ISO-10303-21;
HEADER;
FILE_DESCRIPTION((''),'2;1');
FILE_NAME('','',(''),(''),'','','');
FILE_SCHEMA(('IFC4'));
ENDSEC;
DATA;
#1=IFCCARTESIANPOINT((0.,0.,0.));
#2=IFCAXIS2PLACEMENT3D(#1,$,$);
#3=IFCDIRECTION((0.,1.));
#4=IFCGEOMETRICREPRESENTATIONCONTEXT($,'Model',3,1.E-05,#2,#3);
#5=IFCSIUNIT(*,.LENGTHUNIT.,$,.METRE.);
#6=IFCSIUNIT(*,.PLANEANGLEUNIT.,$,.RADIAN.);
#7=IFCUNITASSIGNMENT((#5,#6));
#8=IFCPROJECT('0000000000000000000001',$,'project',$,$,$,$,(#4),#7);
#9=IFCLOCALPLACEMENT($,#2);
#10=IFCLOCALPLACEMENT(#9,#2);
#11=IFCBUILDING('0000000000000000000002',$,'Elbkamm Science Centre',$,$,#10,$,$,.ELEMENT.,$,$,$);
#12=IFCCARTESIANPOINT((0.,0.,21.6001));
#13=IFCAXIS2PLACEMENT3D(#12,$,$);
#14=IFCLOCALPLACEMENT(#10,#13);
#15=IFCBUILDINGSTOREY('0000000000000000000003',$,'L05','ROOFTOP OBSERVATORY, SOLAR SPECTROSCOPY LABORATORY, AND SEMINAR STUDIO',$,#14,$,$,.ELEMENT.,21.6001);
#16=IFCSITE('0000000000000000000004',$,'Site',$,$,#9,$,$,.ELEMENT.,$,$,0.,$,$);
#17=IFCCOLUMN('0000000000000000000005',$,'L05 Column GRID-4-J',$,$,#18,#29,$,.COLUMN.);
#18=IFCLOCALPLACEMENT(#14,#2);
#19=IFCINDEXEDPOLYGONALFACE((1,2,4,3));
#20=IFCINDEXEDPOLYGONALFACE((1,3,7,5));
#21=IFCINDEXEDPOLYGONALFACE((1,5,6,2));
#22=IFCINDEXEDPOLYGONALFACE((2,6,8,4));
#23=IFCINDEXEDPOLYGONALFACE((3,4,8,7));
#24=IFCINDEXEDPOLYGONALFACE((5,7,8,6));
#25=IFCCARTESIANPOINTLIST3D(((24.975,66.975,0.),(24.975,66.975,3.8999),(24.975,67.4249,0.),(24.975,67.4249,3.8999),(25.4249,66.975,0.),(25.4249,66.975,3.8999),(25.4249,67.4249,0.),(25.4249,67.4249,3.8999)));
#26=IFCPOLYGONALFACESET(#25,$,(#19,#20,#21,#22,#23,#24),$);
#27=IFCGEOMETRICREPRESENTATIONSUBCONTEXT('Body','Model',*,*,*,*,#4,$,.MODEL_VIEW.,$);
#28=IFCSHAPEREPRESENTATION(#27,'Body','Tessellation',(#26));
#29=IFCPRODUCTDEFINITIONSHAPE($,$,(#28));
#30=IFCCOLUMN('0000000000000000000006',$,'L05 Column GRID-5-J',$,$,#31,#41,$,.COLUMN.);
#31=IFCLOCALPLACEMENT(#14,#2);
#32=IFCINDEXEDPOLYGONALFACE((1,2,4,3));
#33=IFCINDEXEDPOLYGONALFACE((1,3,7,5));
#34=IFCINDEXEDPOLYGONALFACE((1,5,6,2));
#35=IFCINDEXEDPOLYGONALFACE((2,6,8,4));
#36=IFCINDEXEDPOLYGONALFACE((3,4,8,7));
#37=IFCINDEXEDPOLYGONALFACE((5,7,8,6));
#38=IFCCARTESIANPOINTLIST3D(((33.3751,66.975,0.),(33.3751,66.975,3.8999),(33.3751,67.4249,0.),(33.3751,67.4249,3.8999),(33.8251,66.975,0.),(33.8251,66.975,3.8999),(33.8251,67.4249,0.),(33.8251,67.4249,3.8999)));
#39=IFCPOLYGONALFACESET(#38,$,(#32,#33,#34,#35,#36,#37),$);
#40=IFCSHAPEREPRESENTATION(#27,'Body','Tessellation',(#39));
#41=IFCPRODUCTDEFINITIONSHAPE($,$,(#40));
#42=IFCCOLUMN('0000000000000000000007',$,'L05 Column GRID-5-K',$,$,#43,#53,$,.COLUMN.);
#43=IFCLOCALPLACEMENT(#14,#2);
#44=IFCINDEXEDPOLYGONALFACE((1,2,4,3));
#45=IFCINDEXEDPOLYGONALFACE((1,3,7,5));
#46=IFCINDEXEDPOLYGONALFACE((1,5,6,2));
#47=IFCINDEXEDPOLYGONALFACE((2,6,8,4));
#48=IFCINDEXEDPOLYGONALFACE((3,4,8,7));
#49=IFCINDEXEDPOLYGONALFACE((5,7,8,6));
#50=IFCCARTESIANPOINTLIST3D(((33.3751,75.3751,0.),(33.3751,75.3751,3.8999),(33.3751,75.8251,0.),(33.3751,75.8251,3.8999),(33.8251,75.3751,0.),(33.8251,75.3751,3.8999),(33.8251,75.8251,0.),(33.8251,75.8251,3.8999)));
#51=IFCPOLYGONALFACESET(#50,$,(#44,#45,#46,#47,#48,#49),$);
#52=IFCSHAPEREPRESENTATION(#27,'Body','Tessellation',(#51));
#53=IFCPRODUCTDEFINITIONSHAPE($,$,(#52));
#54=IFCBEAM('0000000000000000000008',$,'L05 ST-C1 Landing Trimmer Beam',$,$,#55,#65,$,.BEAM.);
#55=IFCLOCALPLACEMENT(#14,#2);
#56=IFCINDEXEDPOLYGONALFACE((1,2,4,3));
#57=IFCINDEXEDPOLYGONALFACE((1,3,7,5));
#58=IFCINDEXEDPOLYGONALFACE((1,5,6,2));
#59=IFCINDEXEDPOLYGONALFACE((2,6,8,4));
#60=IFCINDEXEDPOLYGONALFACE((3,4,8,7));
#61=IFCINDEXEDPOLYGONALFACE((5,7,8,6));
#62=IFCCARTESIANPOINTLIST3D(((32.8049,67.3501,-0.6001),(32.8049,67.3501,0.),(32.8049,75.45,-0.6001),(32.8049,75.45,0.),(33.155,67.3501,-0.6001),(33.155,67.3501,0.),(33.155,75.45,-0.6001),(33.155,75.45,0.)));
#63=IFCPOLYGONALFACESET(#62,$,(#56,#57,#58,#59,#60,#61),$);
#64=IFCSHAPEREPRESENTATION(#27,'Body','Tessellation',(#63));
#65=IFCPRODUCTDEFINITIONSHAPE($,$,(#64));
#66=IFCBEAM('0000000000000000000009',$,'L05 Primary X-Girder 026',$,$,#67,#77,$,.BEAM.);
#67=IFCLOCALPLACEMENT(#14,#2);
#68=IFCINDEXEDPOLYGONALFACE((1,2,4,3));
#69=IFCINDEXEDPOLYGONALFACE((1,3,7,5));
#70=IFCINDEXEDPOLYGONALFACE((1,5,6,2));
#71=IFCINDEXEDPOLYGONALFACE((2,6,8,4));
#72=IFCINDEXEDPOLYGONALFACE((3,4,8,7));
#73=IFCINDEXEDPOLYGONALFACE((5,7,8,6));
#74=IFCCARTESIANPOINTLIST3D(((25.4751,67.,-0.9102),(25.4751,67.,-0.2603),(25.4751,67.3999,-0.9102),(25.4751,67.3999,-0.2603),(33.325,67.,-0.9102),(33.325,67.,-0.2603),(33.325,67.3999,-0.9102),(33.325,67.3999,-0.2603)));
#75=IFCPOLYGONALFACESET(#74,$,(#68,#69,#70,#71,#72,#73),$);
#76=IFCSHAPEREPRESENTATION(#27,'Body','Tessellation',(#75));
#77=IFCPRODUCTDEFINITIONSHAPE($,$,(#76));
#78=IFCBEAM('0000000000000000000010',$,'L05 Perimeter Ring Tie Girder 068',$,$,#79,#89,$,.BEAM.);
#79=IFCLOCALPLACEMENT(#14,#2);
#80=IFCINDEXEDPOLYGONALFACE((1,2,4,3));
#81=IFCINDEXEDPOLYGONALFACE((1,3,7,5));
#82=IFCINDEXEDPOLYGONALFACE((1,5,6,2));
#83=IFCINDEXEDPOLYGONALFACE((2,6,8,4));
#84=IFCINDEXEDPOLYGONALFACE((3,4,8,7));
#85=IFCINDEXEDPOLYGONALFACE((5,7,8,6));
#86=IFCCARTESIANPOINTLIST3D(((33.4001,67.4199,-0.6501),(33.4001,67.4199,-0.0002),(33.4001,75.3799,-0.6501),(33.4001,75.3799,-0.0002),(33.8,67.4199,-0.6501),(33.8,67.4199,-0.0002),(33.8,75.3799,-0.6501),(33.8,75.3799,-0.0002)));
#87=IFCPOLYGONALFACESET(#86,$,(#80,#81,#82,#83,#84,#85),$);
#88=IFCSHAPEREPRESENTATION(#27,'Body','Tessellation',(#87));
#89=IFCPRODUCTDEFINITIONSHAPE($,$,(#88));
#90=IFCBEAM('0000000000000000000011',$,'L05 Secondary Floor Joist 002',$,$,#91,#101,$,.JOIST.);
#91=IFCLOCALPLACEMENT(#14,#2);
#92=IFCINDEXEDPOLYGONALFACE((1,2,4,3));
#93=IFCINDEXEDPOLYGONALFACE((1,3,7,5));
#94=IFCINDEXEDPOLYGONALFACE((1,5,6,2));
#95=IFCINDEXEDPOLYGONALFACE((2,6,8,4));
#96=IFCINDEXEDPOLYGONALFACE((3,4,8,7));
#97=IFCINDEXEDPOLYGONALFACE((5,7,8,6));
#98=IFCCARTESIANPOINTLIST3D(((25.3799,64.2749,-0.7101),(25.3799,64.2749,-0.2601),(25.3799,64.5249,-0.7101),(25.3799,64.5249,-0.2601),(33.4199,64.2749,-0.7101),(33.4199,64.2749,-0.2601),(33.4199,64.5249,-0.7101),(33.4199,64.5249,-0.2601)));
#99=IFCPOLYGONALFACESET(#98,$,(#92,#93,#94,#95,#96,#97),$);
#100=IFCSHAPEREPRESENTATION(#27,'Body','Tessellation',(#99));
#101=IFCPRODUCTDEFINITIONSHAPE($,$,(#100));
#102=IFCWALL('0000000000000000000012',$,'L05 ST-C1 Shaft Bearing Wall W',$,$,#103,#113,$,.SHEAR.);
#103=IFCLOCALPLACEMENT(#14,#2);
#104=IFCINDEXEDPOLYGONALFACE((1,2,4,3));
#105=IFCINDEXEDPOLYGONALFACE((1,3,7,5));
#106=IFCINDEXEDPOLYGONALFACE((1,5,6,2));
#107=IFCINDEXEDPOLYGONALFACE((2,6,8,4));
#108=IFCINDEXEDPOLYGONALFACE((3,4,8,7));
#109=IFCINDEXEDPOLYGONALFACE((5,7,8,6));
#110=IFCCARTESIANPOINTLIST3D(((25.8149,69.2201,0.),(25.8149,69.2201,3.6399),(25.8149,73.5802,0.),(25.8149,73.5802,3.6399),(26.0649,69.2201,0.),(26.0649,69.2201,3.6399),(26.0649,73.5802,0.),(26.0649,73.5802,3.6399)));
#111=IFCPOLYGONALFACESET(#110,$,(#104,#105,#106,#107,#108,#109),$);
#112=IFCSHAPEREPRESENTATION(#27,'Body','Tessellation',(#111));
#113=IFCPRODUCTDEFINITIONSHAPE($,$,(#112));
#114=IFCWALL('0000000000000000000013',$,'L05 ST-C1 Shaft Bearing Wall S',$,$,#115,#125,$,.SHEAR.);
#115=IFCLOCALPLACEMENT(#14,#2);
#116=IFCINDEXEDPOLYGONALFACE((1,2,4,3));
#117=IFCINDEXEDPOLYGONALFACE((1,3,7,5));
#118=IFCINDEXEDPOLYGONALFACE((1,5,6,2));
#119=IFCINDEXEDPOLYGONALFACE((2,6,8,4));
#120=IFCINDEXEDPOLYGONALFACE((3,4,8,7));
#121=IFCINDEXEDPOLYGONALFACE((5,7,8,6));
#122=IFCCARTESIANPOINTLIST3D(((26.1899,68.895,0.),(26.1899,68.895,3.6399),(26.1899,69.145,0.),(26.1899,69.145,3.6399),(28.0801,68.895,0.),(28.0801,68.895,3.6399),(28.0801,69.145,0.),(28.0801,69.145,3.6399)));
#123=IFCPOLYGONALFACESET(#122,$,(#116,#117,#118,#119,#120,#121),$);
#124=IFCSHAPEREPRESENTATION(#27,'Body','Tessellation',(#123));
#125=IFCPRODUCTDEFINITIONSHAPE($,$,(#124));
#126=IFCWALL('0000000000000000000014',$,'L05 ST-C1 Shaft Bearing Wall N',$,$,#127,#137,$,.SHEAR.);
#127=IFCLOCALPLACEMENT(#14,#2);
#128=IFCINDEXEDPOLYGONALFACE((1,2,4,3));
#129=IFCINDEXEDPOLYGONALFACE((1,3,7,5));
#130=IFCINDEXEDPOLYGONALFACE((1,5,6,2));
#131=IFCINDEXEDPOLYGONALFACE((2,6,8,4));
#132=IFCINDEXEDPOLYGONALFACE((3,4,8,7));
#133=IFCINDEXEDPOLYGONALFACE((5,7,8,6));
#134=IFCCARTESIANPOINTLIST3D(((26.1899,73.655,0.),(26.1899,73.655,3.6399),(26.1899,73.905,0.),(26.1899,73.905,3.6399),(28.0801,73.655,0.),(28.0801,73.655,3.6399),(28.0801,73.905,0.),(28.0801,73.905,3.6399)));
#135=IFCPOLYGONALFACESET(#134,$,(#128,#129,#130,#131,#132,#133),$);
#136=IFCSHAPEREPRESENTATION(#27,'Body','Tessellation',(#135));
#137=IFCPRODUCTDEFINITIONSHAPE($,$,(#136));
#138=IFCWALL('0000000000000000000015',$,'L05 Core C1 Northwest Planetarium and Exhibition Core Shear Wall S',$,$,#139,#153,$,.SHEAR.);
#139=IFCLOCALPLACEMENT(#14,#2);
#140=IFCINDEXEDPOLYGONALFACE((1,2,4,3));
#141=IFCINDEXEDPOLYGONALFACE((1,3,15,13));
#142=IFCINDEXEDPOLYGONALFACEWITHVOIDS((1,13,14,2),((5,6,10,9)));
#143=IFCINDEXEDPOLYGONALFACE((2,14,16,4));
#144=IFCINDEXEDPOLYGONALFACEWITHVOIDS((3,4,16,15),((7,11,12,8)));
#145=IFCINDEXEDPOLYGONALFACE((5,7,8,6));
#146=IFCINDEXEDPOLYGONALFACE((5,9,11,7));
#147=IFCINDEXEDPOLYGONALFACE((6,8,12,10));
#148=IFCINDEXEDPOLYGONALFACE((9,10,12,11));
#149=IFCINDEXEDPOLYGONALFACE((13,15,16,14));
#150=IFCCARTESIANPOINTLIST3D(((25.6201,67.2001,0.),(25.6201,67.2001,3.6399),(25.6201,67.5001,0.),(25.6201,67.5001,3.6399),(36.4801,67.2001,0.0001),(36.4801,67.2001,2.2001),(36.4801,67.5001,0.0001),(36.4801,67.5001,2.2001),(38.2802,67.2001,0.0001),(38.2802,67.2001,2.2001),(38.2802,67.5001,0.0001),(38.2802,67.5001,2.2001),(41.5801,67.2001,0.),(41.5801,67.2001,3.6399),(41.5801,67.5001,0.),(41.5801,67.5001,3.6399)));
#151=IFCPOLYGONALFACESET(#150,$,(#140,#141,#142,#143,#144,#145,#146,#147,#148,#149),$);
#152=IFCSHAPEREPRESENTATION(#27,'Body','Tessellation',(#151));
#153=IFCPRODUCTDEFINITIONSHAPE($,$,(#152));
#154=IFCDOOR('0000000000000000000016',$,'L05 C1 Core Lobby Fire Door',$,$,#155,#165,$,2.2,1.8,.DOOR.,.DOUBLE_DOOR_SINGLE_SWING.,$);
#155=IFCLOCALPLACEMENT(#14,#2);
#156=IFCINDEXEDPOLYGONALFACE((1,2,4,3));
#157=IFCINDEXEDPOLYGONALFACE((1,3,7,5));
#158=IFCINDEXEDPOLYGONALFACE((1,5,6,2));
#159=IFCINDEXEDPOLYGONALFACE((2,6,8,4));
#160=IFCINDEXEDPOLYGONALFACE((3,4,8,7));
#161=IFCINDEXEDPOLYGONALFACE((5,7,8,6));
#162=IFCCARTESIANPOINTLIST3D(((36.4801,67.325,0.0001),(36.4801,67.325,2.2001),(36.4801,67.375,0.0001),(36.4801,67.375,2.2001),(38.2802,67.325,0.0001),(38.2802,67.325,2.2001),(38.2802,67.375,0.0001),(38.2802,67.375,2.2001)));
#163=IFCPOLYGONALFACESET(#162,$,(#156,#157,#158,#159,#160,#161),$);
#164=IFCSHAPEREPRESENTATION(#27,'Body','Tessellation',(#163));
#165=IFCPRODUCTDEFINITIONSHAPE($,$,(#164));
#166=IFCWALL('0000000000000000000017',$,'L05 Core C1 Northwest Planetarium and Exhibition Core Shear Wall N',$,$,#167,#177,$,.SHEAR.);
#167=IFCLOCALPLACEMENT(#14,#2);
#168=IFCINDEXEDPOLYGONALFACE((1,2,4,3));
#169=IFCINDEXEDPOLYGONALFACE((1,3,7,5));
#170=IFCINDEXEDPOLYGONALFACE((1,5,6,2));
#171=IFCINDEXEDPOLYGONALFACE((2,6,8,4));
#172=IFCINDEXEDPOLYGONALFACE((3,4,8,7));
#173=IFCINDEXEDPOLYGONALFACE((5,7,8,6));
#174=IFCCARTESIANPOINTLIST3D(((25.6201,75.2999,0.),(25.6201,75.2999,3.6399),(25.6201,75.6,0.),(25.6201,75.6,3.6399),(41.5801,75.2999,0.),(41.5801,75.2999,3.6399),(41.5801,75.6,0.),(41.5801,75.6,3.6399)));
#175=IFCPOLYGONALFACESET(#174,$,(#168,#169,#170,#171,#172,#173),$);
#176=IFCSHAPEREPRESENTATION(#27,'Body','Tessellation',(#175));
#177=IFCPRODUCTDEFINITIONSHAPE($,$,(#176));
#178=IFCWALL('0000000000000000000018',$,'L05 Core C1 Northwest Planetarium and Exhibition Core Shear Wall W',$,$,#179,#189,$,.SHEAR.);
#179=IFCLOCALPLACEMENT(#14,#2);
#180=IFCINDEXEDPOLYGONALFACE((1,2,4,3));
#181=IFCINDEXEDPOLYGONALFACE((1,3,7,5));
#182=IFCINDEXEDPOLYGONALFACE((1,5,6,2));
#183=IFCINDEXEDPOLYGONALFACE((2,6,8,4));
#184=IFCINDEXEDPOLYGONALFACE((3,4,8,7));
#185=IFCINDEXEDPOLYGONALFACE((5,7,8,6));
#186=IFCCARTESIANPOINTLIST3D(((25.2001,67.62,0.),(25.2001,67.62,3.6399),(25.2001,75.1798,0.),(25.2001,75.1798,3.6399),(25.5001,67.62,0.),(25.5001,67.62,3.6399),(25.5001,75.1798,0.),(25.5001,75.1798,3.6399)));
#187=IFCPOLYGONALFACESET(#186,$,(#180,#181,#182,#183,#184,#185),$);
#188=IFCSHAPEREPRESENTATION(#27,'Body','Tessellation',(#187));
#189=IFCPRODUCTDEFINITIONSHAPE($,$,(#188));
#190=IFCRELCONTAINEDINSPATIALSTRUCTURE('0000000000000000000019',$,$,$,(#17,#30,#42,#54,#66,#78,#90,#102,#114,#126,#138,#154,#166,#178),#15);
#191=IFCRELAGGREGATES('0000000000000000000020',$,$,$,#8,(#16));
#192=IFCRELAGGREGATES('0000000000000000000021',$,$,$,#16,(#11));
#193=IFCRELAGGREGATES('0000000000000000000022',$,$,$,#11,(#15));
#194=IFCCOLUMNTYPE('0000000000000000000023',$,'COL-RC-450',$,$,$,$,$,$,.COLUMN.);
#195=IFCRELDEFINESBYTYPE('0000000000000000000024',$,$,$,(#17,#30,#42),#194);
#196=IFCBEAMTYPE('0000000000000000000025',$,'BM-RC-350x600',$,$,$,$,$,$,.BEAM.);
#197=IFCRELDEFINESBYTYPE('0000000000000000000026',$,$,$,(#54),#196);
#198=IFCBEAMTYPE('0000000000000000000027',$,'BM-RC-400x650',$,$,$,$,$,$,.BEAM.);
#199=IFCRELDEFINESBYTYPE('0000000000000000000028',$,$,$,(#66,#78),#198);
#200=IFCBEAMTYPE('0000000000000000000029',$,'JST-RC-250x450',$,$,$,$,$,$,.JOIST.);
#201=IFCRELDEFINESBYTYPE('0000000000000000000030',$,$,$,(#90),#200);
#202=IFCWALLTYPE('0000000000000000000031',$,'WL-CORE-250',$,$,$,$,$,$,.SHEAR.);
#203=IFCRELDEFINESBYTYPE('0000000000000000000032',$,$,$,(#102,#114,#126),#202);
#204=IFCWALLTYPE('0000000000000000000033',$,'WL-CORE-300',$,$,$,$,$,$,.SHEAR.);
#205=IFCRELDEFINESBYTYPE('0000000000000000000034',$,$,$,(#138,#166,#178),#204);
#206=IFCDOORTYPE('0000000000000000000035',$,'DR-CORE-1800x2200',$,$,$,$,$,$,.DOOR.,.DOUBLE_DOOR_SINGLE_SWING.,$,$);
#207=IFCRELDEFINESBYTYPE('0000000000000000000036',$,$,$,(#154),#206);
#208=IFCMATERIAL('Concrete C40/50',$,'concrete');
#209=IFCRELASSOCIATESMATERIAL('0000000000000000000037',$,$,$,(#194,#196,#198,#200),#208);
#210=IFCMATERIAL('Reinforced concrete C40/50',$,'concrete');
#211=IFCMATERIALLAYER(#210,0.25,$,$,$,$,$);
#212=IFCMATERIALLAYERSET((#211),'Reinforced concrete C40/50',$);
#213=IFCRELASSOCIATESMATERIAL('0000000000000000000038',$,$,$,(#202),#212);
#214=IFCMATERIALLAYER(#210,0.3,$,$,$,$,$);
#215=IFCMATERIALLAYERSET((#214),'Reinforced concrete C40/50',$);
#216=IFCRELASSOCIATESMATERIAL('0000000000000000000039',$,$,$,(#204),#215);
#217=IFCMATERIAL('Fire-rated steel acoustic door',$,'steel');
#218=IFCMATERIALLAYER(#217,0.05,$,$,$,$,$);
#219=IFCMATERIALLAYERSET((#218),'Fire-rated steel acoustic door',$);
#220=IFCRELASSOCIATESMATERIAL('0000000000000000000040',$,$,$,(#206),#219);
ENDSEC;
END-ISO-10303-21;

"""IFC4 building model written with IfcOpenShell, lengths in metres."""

from ifc_helpers import new_model, si_unit, direction, frame, frame_2d, origin, origin_2d, place, context, subcontext, project, spatial, rectangle, extrude, material, layer, layer_set, material_profile, profile_set, type_object, element, fill, save


model = new_model("IFC4")

# Units and contexts
model_context = context("Model", 3, precision=1e-05, world=origin(), true_north=direction((0.0, 1.0)))
body_context = subcontext(model_context, "Body", "Model", "MODEL_VIEW")
ifc_project = project(units=[si_unit("LENGTHUNIT", "METRE"), si_unit("PLANEANGLEUNIT", "RADIAN")], contexts=[model_context])

# Site, building, storey
site_placement = place(None, origin())
site = spatial("IfcSite", under=ifc_project, at=site_placement, Name="Site", CompositionType="ELEMENT", RefElevation=0.0)
building_placement = place(site_placement, origin())
building = spatial("IfcBuilding", under=site, at=building_placement, Name="Elbkamm Science Centre", CompositionType="ELEMENT")
storey_placement = place(building_placement, frame((0.0, 0.0, 21.6001)))
storey = spatial("IfcBuildingStorey", under=building, at=storey_placement, Name="L05", Description="ROOFTOP OBSERVATORY, SOLAR SPECTROSCOPY LABORATORY, AND SEMINAR STUDIO", CompositionType="ELEMENT", Elevation=21.6001)

# Columns
ifc_material_1 = material(Name="Concrete C40/50", Category="concrete")
ifc_material_profile_1 = material_profile(ifc_material_1, rectangle(XDim=0.45, YDim=0.45, at=origin_2d()), Name="RC 450x450")
ifc_profile_set_1 = profile_set([ifc_material_profile_1], Name="Concrete C40/50")
column_type = type_object("IfcColumnType", Name="COL-RC-450", PredefinedType="COLUMN", material=ifc_profile_set_1)
for number, where, z_axis, x_axis, name in (
    (1, (25.2, 67.2, 0.0), (0.0, 0.0, 1.0), (1.0, 0.0, 0.0), "L05 Column GRID-4-J"),
    (2, (33.6001, 67.2, 0.0), (0.0, 0.0, 1.0), (1.0, 0.0, 0.0), "L05 Column GRID-5-J"),
    (3, (33.6001, 75.6001, 0.0), (0.0, 0.0, 1.0), (1.0, 0.0, 0.0), "L05 Column GRID-5-K"),
):
    element("IfcColumn", number, at=place(storey_placement, frame(where, z_axis=z_axis, x_axis=x_axis)), inside=storey, type_object=column_type, Name=name, PredefinedType="COLUMN", context=body_context, shape_type="SweptSolid", body=[
        extrude(rectangle(XDim=0.45, YDim=0.45, at=origin_2d()), origin(), (0.0, 0.0, 1.0), 3.8999),
    ])

# Beams
ifc_material_profile_2 = material_profile(ifc_material_1, rectangle(XDim=0.3501, YDim=0.6001, at=origin_2d()), Name="RC 350x600")
ifc_profile_set_2 = profile_set([ifc_material_profile_2], Name="Concrete C40/50")
beam_type_1 = type_object("IfcBeamType", Name="BM-RC-350x600", PredefinedType="BEAM", material=ifc_profile_set_2)
beam_1_placement = place(storey_placement, frame((32.98, 67.3501, -0.3), z_axis=(0.0, 1.0, 0.0), x_axis=(-1.0, 0.0, 0.0)))
element("IfcBeam", 4, at=beam_1_placement, inside=storey, type_object=beam_type_1, Name="L05 ST-C1 Landing Trimmer Beam", PredefinedType="BEAM", context=body_context, shape_type="SweptSolid", body=[
    extrude(rectangle(XDim=0.3501, YDim=0.6001, at=origin_2d()), origin(), (0.0, 0.0, 1.0), 8.0999),
])
ifc_material_profile_3 = material_profile(ifc_material_1, rectangle(XDim=0.3999, YDim=0.6499, at=origin_2d()), Name="RC 400x650")
ifc_profile_set_3 = profile_set([ifc_material_profile_3], Name="Concrete C40/50")
beam_type_2 = type_object("IfcBeamType", Name="BM-RC-400x650", PredefinedType="BEAM", material=ifc_profile_set_3)
beam_2_placement = place(storey_placement, frame((25.4751, 67.2, -0.5852), z_axis=(1.0, 0.0, 0.0), x_axis=(0.0, 1.0, 0.0)))
element("IfcBeam", 5, at=beam_2_placement, inside=storey, type_object=beam_type_2, Name="L05 Primary X-Girder 026", PredefinedType="BEAM", context=body_context, shape_type="SweptSolid", body=[
    extrude(rectangle(XDim=0.3999, YDim=0.6499, at=origin_2d()), origin(), (0.0, 0.0, 1.0), 7.8499),
])
beam_3_placement = place(storey_placement, frame((33.6001, 75.3799, -0.3252), z_axis=(0.0, -1.0, 0.0), x_axis=(1.0, 0.0, 0.0)))
element("IfcBeam", 6, at=beam_3_placement, inside=storey, type_object=beam_type_2, Name="L05 Perimeter Ring Tie Girder 068", PredefinedType="BEAM", context=body_context, shape_type="SweptSolid", body=[
    extrude(rectangle(XDim=0.3999, YDim=0.6499, at=origin_2d()), origin(), (0.0, 0.0, 1.0), 7.96),
])
ifc_material_profile_4 = material_profile(ifc_material_1, rectangle(XDim=0.25, YDim=0.45, at=origin_2d()), Name="RC 250x450")
ifc_profile_set_4 = profile_set([ifc_material_profile_4], Name="Concrete C40/50")
beam_type_3 = type_object("IfcBeamType", Name="JST-RC-250x450", PredefinedType="JOIST", material=ifc_profile_set_4)
beam_4_placement = place(storey_placement, frame((25.3799, 64.3999, -0.4851), z_axis=(1.0, 0.0, 0.0), x_axis=(0.0, 1.0, 0.0)))
element("IfcBeam", 7, at=beam_4_placement, inside=storey, type_object=beam_type_3, Name="L05 Secondary Floor Joist 002", PredefinedType="JOIST", context=body_context, shape_type="SweptSolid", body=[
    extrude(rectangle(XDim=0.25, YDim=0.45, at=origin_2d()), origin(), (0.0, 0.0, 1.0), 8.04),
])

# Walls
ifc_material_2 = material(Name="Reinforced concrete C40/50", Category="concrete")
ifc_layer_1 = layer(ifc_material_2, 0.25)
ifc_layer_set_1 = layer_set([ifc_layer_1], Name="Reinforced concrete C40/50")
wall_type_1 = type_object("IfcWallType", Name="WL-CORE-250", PredefinedType="SHEAR", material=ifc_layer_set_1)
wall_1_placement = place(storey_placement, frame((25.9399, 69.22, 0.0), z_axis=(0.0, 0.0, 1.0), x_axis=(0.0, 1.0, 0.0)))
element("IfcWall", 8, at=wall_1_placement, inside=storey, type_object=wall_type_1, Name="L05 ST-C1 Shaft Bearing Wall W", PredefinedType="SHEAR", context=body_context, shape_type="SweptSolid", body=[
    extrude(rectangle(XDim=4.3601, YDim=0.25, at=frame_2d((2.1802, 0.0))), origin(), (0.0, 0.0, 1.0), 3.6399),
])
for number, where, z_axis, x_axis, name in (
    (9, (26.1899, 69.02, 0.0), (0.0, 0.0, 1.0), (1.0, 0.0, 0.0), "L05 ST-C1 Shaft Bearing Wall S"),
    (10, (26.1899, 73.78, 0.0), (0.0, 0.0, 1.0), (1.0, 0.0, 0.0), "L05 ST-C1 Shaft Bearing Wall N"),
):
    element("IfcWall", number, at=place(storey_placement, frame(where, z_axis=z_axis, x_axis=x_axis)), inside=storey, type_object=wall_type_1, Name=name, PredefinedType="SHEAR", context=body_context, shape_type="SweptSolid", body=[
        extrude(rectangle(XDim=1.8901, YDim=0.25, at=frame_2d((0.9451, 0.0))), origin(), (0.0, 0.0, 1.0), 3.6399),
    ])

# Wall, opening, door
ifc_layer_2 = layer(ifc_material_2, 0.3)
ifc_layer_set_2 = layer_set([ifc_layer_2], Name="Reinforced concrete C40/50")
wall_type_2 = type_object("IfcWallType", Name="WL-CORE-300", PredefinedType="SHEAR", material=ifc_layer_set_2)
wall_2_placement = place(storey_placement, frame((25.6201, 67.3501, 0.0), z_axis=(0.0, 0.0, 1.0), x_axis=(1.0, 0.0, 0.0)))
wall_2 = element("IfcWall", 11, at=wall_2_placement, inside=storey, type_object=wall_type_2, Name="L05 Core C1 Northwest Planetarium and Exhibition Core Shear Wall S", PredefinedType="SHEAR", context=body_context, shape_type="SweptSolid", body=[
    extrude(rectangle(XDim=15.96, YDim=0.3, at=frame_2d((7.98, 0.0))), origin(), (0.0, 0.0, 1.0), 3.6399),
])
opening_placement = place(wall_2_placement, frame((10.8601, 0.0, 0.0)))
opening = element("IfcOpeningElement", 12, at=opening_placement, cuts=wall_2, PredefinedType="OPENING", context=body_context, shape_type="SweptSolid", body=[
    extrude(rectangle(XDim=1.8, YDim=2.2, at=frame_2d((0.8999, 1.1001))), frame((0.0, 0.1621, 0.0), z_axis=(0.0, -1.0, 0.0), x_axis=(1.0, 0.0, 0.0)), (0.0, 0.0, 1.0), 0.324),
])
ifc_material_3 = material(Name="Fire-rated steel acoustic door", Category="steel")
ifc_layer_3 = layer(ifc_material_3, 0.05)
ifc_layer_set_3 = layer_set([ifc_layer_3], Name="Fire-rated steel acoustic door")
door_type = type_object("IfcDoorType", Name="DR-CORE-1800x2200", OperationType="DOUBLE_DOOR_SINGLE_SWING", PredefinedType="DOOR", material=ifc_layer_set_3)
door_placement = place(opening_placement, origin())
door = element("IfcDoor", 13, at=door_placement, inside=storey, type_object=door_type, Name="L05 C1 Core Lobby Fire Door", OperationType="DOUBLE_DOOR_SINGLE_SWING", OverallHeight=2.2, OverallWidth=1.8, PredefinedType="DOOR", context=body_context, shape_type="SweptSolid", body=[
    extrude(rectangle(XDim=1.8, YDim=2.2, at=frame_2d((0.8999, 1.1001))), frame((0.0, 0.0249, 0.0), z_axis=(0.0, -1.0, 0.0), x_axis=(1.0, 0.0, 0.0)), (0.0, 0.0, 1.0), 0.05),
])
fill(opening, door)

# Walls
wall_3_placement = place(storey_placement, frame((25.6201, 75.45, 0.0), z_axis=(0.0, 0.0, 1.0), x_axis=(1.0, 0.0, 0.0)))
element("IfcWall", 14, at=wall_3_placement, inside=storey, type_object=wall_type_2, Name="L05 Core C1 Northwest Planetarium and Exhibition Core Shear Wall N", PredefinedType="SHEAR", context=body_context, shape_type="SweptSolid", body=[
    extrude(rectangle(XDim=15.96, YDim=0.3, at=frame_2d((7.98, 0.0))), origin(), (0.0, 0.0, 1.0), 3.6399),
])
wall_4_placement = place(storey_placement, frame((25.3501, 67.6201, 0.0), z_axis=(0.0, 0.0, 1.0), x_axis=(0.0, 1.0, 0.0)))
element("IfcWall", 15, at=wall_4_placement, inside=storey, type_object=wall_type_2, Name="L05 Core C1 Northwest Planetarium and Exhibition Core Shear Wall W", PredefinedType="SHEAR", context=body_context, shape_type="SweptSolid", body=[
    extrude(rectangle(XDim=7.5598, YDim=0.3, at=frame_2d((3.7798, 0.0))), origin(), (0.0, 0.0, 1.0), 3.6399),
])

save(model, "model.ifc")
